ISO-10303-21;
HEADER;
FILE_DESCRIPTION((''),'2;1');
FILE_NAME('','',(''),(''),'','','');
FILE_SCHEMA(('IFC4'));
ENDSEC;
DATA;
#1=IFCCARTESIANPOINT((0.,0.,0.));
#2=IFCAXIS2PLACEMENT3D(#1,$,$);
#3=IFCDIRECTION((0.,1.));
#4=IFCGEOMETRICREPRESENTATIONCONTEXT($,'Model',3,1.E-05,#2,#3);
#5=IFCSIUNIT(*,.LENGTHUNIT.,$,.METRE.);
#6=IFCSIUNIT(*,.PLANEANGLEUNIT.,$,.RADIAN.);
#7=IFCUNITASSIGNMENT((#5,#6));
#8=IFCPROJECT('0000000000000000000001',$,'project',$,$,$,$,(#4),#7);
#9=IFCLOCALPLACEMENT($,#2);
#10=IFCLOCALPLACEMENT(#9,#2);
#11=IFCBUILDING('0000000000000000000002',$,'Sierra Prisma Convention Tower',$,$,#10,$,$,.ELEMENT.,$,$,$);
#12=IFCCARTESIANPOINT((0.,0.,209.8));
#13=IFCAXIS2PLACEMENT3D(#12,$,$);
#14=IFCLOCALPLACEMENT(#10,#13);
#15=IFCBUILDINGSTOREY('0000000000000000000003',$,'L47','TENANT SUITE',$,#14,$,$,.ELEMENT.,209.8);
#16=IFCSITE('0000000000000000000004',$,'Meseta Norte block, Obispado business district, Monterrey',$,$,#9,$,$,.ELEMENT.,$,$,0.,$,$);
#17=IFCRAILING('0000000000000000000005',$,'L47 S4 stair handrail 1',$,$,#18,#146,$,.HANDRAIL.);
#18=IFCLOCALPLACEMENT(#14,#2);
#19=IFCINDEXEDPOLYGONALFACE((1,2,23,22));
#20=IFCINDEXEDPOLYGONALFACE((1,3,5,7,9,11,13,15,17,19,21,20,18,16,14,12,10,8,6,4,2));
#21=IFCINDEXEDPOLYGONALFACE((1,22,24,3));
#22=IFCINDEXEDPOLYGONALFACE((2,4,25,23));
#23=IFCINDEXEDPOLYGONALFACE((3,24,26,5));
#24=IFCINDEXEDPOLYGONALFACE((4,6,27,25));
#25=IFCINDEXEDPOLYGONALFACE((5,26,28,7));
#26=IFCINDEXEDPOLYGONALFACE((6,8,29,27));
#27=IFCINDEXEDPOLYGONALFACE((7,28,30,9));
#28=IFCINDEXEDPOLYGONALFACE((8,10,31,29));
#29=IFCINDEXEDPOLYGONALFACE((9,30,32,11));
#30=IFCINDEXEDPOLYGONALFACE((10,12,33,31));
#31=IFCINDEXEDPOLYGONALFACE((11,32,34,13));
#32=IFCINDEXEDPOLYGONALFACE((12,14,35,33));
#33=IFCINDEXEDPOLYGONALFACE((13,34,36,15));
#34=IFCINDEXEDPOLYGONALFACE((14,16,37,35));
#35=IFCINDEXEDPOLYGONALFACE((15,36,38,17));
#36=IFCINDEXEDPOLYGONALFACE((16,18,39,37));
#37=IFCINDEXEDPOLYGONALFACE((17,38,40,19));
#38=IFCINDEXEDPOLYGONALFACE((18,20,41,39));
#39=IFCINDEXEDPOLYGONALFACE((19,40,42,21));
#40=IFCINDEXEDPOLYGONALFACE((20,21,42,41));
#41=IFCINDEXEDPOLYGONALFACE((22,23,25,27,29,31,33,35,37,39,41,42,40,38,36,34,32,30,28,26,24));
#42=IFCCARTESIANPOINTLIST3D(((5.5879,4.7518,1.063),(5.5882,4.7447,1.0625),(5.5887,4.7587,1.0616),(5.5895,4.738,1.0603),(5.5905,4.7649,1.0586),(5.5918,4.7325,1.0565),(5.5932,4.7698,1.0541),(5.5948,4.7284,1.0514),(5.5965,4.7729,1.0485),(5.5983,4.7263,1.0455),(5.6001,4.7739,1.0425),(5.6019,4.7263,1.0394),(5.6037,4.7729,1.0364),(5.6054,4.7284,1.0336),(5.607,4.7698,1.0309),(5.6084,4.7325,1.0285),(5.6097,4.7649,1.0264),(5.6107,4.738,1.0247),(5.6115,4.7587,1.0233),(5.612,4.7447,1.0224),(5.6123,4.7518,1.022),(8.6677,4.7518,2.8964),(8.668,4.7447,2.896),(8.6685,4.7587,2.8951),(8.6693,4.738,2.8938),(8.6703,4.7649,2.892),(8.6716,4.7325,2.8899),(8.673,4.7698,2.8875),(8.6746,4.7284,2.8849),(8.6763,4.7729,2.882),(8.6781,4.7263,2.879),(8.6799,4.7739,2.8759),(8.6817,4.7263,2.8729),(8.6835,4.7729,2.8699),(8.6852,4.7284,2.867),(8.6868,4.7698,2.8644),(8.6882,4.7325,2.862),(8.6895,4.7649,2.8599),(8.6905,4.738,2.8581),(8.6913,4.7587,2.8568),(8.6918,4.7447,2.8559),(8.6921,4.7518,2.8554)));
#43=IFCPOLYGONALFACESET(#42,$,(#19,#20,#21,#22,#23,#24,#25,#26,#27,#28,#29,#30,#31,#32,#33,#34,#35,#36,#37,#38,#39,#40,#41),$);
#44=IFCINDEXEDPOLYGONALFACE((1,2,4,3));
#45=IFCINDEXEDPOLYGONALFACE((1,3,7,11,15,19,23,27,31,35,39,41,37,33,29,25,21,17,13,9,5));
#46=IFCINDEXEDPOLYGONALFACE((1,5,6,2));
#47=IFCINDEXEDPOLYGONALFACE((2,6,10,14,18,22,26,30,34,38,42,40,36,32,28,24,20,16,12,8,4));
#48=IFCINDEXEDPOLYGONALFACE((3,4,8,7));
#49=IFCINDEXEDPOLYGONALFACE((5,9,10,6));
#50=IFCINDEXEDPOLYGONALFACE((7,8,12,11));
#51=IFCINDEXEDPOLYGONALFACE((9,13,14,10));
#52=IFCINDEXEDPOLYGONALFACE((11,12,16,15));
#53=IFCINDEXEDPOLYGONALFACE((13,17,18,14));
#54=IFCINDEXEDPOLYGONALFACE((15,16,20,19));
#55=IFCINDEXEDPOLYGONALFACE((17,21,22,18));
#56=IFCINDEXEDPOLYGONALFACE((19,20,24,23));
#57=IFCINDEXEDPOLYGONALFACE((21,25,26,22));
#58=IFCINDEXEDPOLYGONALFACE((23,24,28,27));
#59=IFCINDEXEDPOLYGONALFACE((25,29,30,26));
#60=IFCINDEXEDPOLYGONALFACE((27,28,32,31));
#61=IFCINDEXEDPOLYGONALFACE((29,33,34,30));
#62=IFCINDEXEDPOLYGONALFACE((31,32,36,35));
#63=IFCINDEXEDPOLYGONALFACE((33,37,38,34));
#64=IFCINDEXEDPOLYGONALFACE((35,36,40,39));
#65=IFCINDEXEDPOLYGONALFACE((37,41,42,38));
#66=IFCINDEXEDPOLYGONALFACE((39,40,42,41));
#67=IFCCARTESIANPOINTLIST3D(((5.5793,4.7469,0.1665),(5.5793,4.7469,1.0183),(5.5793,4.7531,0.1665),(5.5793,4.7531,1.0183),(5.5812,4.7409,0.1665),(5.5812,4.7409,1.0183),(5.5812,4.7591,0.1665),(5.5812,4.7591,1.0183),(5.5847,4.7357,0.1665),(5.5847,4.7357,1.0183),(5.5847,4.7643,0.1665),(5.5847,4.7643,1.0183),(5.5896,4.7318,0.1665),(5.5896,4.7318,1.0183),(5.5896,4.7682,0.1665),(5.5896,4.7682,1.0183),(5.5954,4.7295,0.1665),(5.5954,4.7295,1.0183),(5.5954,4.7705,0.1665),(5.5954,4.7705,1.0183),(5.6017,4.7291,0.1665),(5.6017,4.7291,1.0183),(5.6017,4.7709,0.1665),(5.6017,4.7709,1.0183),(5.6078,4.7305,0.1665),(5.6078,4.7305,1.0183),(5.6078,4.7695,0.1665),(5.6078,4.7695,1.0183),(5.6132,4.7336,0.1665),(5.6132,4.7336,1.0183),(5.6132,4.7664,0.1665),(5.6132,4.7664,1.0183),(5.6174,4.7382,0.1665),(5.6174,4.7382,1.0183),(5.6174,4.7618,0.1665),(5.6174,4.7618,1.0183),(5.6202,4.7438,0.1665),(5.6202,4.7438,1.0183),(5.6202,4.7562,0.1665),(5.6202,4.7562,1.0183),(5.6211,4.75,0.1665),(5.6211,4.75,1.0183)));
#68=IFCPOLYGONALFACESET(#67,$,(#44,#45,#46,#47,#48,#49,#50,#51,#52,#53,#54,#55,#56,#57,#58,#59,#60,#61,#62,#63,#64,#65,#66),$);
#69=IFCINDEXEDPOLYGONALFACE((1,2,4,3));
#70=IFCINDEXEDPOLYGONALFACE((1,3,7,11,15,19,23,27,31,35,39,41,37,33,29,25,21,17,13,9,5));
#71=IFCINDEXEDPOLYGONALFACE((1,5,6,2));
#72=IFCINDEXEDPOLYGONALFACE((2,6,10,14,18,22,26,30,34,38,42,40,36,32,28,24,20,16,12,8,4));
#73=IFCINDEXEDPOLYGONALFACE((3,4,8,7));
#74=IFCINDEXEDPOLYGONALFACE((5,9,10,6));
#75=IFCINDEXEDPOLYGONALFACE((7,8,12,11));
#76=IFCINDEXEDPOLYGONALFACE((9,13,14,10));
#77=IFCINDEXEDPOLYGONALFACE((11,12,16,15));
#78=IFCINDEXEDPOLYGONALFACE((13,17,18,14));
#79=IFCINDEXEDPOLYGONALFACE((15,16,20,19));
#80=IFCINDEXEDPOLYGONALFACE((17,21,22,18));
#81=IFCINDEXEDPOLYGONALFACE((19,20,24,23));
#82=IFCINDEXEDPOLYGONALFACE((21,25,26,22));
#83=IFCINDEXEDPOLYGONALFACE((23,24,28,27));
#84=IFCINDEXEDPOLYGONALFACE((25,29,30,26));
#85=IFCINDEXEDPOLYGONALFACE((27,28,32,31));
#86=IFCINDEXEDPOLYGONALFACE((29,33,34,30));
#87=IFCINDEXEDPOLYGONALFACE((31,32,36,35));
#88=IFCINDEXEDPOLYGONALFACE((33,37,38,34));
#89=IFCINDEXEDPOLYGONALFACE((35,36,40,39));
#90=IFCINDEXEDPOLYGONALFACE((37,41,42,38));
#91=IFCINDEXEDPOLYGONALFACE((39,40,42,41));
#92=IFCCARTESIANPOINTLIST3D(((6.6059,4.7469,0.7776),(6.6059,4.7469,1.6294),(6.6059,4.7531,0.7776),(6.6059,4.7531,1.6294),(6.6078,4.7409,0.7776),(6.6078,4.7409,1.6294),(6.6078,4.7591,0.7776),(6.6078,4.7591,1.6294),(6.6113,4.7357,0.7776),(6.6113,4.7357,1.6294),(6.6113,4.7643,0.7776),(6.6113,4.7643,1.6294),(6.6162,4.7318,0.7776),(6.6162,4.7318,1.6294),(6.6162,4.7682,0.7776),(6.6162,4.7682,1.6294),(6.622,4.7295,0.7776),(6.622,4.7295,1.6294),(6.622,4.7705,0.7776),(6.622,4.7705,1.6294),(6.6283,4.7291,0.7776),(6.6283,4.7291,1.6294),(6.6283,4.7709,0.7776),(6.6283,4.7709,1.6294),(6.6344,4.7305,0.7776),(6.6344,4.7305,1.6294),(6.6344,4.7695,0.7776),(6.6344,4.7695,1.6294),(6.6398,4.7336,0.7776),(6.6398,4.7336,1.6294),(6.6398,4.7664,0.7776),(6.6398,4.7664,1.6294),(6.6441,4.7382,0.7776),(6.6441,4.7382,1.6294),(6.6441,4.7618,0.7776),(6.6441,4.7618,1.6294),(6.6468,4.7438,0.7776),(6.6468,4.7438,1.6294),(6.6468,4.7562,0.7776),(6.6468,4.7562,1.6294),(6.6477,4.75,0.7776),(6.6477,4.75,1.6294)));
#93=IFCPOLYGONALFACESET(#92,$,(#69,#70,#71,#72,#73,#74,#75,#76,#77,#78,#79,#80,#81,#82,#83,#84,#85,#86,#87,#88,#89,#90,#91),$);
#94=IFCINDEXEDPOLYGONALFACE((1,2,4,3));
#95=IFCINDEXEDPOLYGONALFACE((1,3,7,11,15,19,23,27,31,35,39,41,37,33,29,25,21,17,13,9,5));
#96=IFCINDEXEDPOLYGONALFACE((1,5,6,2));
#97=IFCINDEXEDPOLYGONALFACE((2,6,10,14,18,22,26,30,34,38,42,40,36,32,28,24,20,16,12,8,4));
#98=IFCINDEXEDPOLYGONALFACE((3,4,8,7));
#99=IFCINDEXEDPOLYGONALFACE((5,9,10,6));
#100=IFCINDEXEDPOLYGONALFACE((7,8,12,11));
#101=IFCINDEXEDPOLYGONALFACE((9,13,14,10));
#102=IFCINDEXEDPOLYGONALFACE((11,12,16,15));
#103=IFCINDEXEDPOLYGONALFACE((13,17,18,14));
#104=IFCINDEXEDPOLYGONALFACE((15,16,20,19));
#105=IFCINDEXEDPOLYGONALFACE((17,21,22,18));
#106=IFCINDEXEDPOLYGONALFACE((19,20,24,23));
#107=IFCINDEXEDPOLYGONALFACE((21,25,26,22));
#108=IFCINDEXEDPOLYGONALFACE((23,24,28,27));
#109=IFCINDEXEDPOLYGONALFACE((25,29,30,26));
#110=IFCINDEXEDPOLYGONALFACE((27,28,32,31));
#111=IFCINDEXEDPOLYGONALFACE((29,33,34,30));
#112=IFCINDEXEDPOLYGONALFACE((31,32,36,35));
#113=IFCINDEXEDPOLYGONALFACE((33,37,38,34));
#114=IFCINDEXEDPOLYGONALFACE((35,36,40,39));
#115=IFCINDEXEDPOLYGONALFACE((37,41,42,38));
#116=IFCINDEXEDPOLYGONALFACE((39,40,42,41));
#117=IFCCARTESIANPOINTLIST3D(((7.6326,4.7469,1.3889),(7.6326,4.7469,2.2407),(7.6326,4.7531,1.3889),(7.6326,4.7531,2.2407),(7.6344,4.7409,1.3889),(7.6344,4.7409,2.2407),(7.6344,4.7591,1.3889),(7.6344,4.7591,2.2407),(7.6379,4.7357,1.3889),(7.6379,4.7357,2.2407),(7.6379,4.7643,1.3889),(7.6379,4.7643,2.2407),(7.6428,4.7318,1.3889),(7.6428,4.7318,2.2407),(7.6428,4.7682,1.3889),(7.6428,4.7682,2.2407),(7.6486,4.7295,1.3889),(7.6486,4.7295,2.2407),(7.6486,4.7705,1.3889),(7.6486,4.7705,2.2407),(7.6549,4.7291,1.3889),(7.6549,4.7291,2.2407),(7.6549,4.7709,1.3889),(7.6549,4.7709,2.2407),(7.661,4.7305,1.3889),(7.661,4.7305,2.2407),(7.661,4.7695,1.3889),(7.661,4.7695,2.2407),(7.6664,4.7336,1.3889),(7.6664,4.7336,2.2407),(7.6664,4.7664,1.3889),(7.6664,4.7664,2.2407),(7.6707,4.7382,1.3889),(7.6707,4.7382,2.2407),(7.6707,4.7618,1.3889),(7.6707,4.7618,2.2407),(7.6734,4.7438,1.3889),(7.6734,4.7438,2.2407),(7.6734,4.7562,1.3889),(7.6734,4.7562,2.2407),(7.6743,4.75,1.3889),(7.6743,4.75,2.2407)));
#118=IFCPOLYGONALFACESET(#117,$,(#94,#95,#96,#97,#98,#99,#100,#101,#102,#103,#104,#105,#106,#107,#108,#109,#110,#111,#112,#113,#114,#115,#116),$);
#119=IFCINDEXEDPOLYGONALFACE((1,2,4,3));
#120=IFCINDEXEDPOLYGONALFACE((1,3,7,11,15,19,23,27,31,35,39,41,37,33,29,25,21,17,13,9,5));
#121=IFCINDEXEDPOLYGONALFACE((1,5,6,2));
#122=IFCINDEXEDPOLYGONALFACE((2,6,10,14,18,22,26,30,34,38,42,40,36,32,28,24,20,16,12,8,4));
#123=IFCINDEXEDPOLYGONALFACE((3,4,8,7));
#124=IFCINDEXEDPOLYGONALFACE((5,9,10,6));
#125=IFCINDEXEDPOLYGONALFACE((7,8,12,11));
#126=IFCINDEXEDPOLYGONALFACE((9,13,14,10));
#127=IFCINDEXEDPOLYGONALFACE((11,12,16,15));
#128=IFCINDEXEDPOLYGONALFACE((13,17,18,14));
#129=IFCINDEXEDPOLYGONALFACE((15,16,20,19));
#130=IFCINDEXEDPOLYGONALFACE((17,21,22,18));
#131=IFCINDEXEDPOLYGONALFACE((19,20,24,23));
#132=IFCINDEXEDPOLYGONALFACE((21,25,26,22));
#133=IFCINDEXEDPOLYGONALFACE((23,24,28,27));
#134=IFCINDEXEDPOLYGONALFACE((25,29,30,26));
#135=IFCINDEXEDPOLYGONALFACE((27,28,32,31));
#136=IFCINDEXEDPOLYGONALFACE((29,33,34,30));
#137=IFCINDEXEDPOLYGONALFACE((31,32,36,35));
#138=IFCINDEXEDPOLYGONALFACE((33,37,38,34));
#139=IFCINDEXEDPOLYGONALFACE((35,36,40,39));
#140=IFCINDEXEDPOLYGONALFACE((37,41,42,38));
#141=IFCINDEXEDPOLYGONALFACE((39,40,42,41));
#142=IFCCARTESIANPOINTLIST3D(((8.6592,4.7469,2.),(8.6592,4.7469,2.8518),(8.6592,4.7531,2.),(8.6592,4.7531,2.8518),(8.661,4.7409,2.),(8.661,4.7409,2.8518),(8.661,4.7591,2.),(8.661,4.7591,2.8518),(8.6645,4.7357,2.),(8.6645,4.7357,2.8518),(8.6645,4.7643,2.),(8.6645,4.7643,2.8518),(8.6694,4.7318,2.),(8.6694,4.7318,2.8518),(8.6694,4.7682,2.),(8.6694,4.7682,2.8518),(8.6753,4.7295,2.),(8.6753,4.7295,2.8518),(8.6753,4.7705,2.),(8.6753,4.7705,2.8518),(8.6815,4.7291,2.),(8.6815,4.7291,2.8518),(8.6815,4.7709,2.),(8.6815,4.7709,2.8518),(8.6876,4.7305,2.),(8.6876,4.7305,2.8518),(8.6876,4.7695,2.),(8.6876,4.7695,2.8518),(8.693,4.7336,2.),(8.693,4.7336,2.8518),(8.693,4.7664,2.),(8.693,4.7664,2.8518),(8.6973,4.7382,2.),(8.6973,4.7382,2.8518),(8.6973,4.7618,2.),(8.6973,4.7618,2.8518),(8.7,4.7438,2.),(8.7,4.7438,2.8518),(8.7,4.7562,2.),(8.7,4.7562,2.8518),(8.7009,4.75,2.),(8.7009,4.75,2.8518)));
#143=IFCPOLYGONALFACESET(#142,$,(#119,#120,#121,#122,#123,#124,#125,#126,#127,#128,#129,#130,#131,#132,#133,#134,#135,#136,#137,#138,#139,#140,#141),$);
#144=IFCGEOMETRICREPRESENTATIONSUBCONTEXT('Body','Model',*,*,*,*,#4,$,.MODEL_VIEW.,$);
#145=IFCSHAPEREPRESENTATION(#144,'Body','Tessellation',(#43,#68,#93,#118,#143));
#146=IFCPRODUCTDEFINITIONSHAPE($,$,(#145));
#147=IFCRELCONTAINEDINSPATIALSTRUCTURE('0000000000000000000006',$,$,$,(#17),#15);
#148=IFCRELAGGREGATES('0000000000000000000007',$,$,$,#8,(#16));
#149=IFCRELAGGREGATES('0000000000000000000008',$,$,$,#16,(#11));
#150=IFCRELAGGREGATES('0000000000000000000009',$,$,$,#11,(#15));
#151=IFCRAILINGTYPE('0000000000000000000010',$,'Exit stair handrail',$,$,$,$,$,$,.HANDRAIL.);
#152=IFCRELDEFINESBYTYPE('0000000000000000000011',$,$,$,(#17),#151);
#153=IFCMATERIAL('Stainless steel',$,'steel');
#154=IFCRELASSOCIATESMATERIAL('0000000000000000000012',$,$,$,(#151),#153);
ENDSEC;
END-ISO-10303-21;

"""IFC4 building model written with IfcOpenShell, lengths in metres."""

from ifc_helpers import new_model, si_unit, direction, frame, origin, origin_2d, place, context, subcontext, project, spatial, circle, extrude, material, type_object, element, save


model = new_model("IFC4")

# Units and contexts
model_context = context("Model", 3, precision=1e-05, world=origin(), true_north=direction((0.0, 1.0)))
body_context = subcontext(model_context, "Body", "Model", "MODEL_VIEW")
ifc_project = project(units=[si_unit("LENGTHUNIT", "METRE"), si_unit("PLANEANGLEUNIT", "RADIAN")], contexts=[model_context])

# Site, building, storey
site_placement = place(None, origin())
site = spatial("IfcSite", under=ifc_project, at=site_placement, Name="Meseta Norte block, Obispado business district, Monterrey", CompositionType="ELEMENT", RefElevation=0.0)
building_placement = place(site_placement, origin())
building = spatial("IfcBuilding", under=site, at=building_placement, Name="Sierra Prisma Convention Tower", CompositionType="ELEMENT")
storey_placement = place(building_placement, frame((0.0, 0.0, 209.8)))
storey = spatial("IfcBuildingStorey", under=building, at=storey_placement, Name="L47", Description="TENANT SUITE", CompositionType="ELEMENT", Elevation=209.8)

# Railing
ifc_material_1 = material(Name="Stainless steel", Category="steel")
railing_type_1 = type_object("IfcRailingType", Name="Exit stair handrail", PredefinedType="HANDRAIL", material=ifc_material_1)
railing_1_placement = place(storey_placement, frame((5.6001, 4.75, 0.1665)))
element("IfcRailing", 1, at=railing_1_placement, inside=storey, type_object=railing_type_1, Name="L47 S4 stair handrail 1", PredefinedType="HANDRAIL", context=body_context, shape_type="SweptSolid", body=[
    extrude(circle(Radius=0.0239, at=origin_2d()), frame((0.0, 0.0, 0.876), z_axis=(0.859261, 0.0, 0.511538), x_axis=(0.0, 1.0, 0.0)), (0.0, 0.0, 1.0), 3.5842),
    extrude(circle(Radius=0.021, at=origin_2d()), origin(), (0.0, 0.0, 1.0), 0.8518),
    extrude(circle(Radius=0.021, at=origin_2d()), frame((1.0266, 0.0, 0.6111)), (0.0, 0.0, 1.0), 0.8518),
    extrude(circle(Radius=0.021, at=origin_2d()), frame((2.0532, 0.0, 1.2224)), (0.0, 0.0, 1.0), 0.8518),
    extrude(circle(Radius=0.021, at=origin_2d()), frame((3.0798, 0.0, 1.8335)), (0.0, 0.0, 1.0), 0.8518),
])

save(model, "model.ifc")
